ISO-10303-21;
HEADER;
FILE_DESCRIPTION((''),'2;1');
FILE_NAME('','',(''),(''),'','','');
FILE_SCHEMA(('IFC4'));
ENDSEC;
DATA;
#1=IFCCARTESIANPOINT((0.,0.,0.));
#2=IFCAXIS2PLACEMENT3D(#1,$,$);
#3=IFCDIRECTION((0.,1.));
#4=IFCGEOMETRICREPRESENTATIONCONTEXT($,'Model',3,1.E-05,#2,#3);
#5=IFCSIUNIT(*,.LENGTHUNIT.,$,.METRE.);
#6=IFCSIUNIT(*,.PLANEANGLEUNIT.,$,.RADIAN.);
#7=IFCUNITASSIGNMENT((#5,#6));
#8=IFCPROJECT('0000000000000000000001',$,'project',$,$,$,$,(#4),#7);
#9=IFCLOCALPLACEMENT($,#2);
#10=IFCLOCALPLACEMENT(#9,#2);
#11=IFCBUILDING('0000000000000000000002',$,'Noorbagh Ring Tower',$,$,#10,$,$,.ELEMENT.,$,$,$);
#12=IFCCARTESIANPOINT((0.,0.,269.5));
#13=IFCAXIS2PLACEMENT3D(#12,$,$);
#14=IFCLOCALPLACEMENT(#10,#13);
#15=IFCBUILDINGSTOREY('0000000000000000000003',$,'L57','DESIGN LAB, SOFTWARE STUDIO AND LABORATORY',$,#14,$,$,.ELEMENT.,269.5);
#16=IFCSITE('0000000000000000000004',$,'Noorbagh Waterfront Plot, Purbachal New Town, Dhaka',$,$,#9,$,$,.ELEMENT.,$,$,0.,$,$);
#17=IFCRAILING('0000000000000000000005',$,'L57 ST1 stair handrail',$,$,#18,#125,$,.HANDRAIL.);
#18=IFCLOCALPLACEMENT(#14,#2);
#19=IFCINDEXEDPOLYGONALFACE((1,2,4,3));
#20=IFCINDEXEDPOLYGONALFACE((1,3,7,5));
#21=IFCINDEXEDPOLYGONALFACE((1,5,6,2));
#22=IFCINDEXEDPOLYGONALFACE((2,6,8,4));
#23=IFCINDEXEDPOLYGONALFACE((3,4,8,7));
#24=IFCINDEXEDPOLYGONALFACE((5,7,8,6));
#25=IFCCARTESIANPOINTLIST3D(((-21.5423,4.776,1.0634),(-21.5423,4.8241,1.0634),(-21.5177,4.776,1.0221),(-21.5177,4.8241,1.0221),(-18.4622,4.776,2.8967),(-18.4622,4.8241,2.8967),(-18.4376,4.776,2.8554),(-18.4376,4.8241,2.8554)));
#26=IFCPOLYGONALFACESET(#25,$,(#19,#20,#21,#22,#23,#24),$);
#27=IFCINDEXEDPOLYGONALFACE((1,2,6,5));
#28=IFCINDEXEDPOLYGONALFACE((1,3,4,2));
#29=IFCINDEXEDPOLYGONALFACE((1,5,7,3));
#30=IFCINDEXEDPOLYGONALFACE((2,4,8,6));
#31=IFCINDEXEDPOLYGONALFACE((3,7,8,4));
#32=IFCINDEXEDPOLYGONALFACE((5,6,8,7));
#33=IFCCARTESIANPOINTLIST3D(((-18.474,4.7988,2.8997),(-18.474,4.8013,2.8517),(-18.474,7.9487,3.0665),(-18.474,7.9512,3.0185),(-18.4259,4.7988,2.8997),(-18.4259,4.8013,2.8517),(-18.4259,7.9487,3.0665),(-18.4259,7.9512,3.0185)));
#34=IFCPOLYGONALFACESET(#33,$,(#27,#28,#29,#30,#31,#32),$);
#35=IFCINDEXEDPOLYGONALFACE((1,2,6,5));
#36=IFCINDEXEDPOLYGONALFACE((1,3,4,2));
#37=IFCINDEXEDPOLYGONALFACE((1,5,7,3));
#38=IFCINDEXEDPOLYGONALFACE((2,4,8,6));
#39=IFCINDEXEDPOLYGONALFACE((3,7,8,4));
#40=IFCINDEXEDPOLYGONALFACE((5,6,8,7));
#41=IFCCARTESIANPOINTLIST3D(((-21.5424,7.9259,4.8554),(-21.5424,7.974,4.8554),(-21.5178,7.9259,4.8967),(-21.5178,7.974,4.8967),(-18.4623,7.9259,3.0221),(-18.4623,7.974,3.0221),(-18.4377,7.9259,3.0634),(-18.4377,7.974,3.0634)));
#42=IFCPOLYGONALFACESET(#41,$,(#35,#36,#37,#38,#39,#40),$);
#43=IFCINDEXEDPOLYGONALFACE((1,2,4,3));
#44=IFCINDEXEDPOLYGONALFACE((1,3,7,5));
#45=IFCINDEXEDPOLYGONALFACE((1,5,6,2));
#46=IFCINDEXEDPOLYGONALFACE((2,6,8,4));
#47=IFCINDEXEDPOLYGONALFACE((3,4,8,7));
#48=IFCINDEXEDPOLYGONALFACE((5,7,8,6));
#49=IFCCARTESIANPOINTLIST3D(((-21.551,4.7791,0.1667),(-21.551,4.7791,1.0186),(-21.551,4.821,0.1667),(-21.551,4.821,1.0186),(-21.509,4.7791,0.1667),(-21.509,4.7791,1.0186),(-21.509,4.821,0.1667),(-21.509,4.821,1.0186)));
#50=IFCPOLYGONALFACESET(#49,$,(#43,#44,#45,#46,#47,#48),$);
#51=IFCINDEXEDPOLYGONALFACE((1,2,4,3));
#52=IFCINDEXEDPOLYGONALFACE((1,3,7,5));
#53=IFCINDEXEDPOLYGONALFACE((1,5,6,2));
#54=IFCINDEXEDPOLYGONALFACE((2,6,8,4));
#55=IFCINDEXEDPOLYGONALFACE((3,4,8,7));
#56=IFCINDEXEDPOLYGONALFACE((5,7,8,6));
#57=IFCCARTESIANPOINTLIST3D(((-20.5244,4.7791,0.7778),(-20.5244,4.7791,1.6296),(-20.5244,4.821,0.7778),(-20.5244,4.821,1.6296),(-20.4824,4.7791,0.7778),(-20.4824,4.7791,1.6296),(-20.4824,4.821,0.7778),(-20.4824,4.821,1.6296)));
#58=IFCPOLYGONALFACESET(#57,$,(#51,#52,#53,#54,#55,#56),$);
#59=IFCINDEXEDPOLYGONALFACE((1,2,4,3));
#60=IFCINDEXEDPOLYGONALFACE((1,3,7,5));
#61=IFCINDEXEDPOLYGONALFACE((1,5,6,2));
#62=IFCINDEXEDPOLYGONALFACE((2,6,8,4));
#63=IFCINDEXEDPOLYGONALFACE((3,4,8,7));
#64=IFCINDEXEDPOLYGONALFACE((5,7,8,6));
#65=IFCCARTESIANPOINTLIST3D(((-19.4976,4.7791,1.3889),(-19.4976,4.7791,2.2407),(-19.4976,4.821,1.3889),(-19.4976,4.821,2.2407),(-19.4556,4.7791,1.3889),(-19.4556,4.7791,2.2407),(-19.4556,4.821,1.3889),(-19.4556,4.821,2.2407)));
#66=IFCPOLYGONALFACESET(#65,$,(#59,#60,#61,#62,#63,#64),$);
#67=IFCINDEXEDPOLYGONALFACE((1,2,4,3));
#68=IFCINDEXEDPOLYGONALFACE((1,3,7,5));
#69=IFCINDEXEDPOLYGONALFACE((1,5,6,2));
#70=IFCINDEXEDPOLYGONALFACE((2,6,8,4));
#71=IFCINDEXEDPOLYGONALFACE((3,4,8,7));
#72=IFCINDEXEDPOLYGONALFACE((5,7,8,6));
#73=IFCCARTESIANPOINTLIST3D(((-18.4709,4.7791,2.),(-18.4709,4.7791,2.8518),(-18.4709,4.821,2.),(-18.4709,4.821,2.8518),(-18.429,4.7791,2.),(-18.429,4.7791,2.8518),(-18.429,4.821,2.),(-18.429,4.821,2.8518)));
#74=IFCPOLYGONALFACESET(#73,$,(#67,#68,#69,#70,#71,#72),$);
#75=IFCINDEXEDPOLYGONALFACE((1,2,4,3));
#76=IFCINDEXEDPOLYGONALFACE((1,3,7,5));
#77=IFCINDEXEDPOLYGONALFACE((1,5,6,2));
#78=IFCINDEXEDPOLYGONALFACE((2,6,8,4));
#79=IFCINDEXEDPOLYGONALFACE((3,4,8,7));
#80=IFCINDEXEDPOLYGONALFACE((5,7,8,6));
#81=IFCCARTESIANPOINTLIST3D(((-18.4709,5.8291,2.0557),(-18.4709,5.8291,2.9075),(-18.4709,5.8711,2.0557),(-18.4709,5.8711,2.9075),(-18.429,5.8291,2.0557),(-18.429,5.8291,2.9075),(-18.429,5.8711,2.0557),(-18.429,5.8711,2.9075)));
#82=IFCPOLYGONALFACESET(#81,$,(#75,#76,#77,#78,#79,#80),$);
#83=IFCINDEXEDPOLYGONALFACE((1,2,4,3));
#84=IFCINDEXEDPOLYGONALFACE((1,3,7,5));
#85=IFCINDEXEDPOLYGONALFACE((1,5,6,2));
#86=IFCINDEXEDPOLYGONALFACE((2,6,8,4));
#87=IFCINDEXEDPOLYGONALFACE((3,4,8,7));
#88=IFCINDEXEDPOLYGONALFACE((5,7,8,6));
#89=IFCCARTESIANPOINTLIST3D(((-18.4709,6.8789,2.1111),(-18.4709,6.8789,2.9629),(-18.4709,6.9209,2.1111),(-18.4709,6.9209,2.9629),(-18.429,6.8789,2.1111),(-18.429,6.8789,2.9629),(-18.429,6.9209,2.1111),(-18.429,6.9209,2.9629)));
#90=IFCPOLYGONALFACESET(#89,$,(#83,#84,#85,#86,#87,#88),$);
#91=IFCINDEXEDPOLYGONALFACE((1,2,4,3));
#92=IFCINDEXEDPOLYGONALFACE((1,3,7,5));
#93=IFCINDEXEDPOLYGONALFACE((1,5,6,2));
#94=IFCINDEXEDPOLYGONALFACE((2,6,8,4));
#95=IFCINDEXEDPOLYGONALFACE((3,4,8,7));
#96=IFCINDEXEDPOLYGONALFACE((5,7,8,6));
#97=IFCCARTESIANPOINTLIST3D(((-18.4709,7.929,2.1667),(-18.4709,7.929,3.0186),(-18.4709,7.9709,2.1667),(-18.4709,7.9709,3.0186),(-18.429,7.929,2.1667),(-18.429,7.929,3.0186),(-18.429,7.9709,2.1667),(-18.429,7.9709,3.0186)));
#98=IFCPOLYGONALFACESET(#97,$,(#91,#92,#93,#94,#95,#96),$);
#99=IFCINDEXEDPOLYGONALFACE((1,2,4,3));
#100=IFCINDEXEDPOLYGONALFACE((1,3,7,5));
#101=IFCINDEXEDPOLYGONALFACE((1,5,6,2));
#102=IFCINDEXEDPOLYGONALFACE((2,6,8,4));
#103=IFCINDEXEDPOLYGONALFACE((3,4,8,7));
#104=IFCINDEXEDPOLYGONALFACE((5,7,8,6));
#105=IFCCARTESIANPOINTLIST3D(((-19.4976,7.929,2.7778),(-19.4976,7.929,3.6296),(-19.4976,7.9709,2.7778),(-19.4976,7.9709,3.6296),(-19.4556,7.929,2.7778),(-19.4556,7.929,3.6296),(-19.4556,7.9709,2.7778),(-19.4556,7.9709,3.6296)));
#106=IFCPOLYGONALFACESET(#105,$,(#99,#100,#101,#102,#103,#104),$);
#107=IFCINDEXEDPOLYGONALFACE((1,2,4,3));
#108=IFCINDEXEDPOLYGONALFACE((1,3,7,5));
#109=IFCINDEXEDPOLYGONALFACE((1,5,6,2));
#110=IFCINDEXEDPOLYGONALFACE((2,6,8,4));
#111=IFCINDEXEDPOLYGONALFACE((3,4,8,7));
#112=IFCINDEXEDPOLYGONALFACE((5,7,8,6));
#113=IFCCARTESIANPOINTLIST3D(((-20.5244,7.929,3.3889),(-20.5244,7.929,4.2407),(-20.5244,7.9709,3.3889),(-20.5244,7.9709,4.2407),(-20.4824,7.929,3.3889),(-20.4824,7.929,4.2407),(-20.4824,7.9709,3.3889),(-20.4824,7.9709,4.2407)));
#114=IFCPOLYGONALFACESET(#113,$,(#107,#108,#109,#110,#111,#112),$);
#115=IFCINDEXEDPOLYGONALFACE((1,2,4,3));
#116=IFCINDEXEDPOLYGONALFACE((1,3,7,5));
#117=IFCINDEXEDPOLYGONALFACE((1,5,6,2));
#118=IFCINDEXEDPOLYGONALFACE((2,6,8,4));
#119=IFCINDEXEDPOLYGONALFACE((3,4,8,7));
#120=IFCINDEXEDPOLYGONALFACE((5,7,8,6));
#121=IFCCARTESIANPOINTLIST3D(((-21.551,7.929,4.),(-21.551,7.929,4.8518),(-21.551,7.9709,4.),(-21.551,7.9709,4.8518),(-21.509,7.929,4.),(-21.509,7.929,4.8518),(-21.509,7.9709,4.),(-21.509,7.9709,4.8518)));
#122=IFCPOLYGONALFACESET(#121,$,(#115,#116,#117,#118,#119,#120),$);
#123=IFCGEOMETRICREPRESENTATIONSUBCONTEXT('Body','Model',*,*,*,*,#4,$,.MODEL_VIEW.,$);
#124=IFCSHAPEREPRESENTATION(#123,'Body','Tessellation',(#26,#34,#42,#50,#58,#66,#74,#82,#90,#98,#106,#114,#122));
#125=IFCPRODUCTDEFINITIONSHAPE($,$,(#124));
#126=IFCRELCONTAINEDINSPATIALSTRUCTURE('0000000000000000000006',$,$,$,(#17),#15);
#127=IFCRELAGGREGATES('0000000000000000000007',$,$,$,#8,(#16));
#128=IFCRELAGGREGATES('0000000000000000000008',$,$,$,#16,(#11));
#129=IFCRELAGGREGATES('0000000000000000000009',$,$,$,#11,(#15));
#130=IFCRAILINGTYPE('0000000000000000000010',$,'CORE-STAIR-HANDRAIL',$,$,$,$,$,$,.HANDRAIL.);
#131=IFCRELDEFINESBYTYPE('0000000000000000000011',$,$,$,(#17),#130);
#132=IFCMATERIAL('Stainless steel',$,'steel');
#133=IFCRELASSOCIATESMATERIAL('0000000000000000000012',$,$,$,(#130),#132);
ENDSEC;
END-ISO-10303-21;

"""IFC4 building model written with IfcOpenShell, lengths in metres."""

from ifc_helpers import new_model, si_unit, direction, frame, origin, origin_2d, place, context, subcontext, project, spatial, rectangle, extrude, material, type_object, element, save


model = new_model("IFC4")

# Units and contexts
model_context = context("Model", 3, precision=1e-05, world=origin(), true_north=direction((0.0, 1.0)))
body_context = subcontext(model_context, "Body", "Model", "MODEL_VIEW")
ifc_project = project(units=[si_unit("LENGTHUNIT", "METRE"), si_unit("PLANEANGLEUNIT", "RADIAN")], contexts=[model_context])

# Site, building, storey
site_placement = place(None, origin())
site = spatial("IfcSite", under=ifc_project, at=site_placement, Name="Noorbagh Waterfront Plot, Purbachal New Town, Dhaka", CompositionType="ELEMENT", RefElevation=0.0)
building_placement = place(site_placement, origin())
building = spatial("IfcBuilding", under=site, at=building_placement, Name="Noorbagh Ring Tower", CompositionType="ELEMENT")
storey_placement = place(building_placement, frame((0.0, 0.0, 269.5)))
storey = spatial("IfcBuildingStorey", under=building, at=storey_placement, Name="L57", Description="DESIGN LAB, SOFTWARE STUDIO AND LABORATORY", CompositionType="ELEMENT", Elevation=269.5)

# Railing
ifc_material_1 = material(Name="Stainless steel", Category="steel")
railing_type_1 = type_object("IfcRailingType", Name="CORE-STAIR-HANDRAIL", PredefinedType="HANDRAIL", material=ifc_material_1)
railing_1_placement = place(storey_placement, frame((-21.53, 4.8, 0.1667)))
element("IfcRailing", 1, at=railing_1_placement, inside=storey, type_object=railing_type_1, Name="L57 ST1 stair handrail", PredefinedType="HANDRAIL", context=body_context, shape_type="SweptSolid", body=[
    extrude(rectangle(XDim=0.0481, YDim=0.0481, at=origin_2d()), frame((0.0, 0.0, 0.876), z_axis=(0.859309, 0.0, 0.511458), x_axis=(0.0, 1.0, 0.0)), (0.0, 0.0, 1.0), 3.5845),
    extrude(rectangle(XDim=0.0481, YDim=0.0481, at=origin_2d()), frame((3.0801, 0.0, 2.709), z_axis=(0.0, 0.998602, 0.052864), x_axis=(-1.0, 0.0, 0.0)), (0.0, 0.0, 1.0), 3.1543),
    extrude(rectangle(XDim=0.0481, YDim=0.0481, at=origin_2d()), frame((3.0801, 3.1499, 2.876), z_axis=(-0.859309, 0.0, 0.511458), x_axis=(0.0, -1.0, 0.0)), (0.0, 0.0, 1.0), 3.5845),
    extrude(rectangle(XDim=0.042, YDim=0.042, at=origin_2d()), origin(), (0.0, 0.0, 1.0), 0.8518),
    extrude(rectangle(XDim=0.042, YDim=0.042, at=origin_2d()), frame((1.0266, 0.0, 0.6111)), (0.0, 0.0, 1.0), 0.8518),
    extrude(rectangle(XDim=0.042, YDim=0.042, at=origin_2d()), frame((2.0535, 0.0, 1.2222)), (0.0, 0.0, 1.0), 0.8518),
    extrude(rectangle(XDim=0.042, YDim=0.042, at=origin_2d()), frame((3.0801, 0.0, 1.8333)), (0.0, 0.0, 1.0), 0.8518),
    extrude(rectangle(XDim=0.042, YDim=0.042, at=origin_2d()), frame((3.0801, 1.05, 1.8889)), (0.0, 0.0, 1.0), 0.8518),
    extrude(rectangle(XDim=0.042, YDim=0.042, at=origin_2d()), frame((3.0801, 2.0999, 1.9443)), (0.0, 0.0, 1.0), 0.8518),
    extrude(rectangle(XDim=0.042, YDim=0.042, at=origin_2d()), frame((3.0801, 3.1499, 2.0)), (0.0, 0.0, 1.0), 0.8518),
    extrude(rectangle(XDim=0.042, YDim=0.042, at=origin_2d()), frame((2.0535, 3.1499, 2.6111)), (0.0, 0.0, 1.0), 0.8518),
    extrude(rectangle(XDim=0.042, YDim=0.042, at=origin_2d()), frame((1.0266, 3.1499, 3.2222)), (0.0, 0.0, 1.0), 0.8518),
    extrude(rectangle(XDim=0.042, YDim=0.042, at=origin_2d()), frame((0.0, 3.1499, 3.8333)), (0.0, 0.0, 1.0), 0.8518),
])

save(model, "model.ifc")
